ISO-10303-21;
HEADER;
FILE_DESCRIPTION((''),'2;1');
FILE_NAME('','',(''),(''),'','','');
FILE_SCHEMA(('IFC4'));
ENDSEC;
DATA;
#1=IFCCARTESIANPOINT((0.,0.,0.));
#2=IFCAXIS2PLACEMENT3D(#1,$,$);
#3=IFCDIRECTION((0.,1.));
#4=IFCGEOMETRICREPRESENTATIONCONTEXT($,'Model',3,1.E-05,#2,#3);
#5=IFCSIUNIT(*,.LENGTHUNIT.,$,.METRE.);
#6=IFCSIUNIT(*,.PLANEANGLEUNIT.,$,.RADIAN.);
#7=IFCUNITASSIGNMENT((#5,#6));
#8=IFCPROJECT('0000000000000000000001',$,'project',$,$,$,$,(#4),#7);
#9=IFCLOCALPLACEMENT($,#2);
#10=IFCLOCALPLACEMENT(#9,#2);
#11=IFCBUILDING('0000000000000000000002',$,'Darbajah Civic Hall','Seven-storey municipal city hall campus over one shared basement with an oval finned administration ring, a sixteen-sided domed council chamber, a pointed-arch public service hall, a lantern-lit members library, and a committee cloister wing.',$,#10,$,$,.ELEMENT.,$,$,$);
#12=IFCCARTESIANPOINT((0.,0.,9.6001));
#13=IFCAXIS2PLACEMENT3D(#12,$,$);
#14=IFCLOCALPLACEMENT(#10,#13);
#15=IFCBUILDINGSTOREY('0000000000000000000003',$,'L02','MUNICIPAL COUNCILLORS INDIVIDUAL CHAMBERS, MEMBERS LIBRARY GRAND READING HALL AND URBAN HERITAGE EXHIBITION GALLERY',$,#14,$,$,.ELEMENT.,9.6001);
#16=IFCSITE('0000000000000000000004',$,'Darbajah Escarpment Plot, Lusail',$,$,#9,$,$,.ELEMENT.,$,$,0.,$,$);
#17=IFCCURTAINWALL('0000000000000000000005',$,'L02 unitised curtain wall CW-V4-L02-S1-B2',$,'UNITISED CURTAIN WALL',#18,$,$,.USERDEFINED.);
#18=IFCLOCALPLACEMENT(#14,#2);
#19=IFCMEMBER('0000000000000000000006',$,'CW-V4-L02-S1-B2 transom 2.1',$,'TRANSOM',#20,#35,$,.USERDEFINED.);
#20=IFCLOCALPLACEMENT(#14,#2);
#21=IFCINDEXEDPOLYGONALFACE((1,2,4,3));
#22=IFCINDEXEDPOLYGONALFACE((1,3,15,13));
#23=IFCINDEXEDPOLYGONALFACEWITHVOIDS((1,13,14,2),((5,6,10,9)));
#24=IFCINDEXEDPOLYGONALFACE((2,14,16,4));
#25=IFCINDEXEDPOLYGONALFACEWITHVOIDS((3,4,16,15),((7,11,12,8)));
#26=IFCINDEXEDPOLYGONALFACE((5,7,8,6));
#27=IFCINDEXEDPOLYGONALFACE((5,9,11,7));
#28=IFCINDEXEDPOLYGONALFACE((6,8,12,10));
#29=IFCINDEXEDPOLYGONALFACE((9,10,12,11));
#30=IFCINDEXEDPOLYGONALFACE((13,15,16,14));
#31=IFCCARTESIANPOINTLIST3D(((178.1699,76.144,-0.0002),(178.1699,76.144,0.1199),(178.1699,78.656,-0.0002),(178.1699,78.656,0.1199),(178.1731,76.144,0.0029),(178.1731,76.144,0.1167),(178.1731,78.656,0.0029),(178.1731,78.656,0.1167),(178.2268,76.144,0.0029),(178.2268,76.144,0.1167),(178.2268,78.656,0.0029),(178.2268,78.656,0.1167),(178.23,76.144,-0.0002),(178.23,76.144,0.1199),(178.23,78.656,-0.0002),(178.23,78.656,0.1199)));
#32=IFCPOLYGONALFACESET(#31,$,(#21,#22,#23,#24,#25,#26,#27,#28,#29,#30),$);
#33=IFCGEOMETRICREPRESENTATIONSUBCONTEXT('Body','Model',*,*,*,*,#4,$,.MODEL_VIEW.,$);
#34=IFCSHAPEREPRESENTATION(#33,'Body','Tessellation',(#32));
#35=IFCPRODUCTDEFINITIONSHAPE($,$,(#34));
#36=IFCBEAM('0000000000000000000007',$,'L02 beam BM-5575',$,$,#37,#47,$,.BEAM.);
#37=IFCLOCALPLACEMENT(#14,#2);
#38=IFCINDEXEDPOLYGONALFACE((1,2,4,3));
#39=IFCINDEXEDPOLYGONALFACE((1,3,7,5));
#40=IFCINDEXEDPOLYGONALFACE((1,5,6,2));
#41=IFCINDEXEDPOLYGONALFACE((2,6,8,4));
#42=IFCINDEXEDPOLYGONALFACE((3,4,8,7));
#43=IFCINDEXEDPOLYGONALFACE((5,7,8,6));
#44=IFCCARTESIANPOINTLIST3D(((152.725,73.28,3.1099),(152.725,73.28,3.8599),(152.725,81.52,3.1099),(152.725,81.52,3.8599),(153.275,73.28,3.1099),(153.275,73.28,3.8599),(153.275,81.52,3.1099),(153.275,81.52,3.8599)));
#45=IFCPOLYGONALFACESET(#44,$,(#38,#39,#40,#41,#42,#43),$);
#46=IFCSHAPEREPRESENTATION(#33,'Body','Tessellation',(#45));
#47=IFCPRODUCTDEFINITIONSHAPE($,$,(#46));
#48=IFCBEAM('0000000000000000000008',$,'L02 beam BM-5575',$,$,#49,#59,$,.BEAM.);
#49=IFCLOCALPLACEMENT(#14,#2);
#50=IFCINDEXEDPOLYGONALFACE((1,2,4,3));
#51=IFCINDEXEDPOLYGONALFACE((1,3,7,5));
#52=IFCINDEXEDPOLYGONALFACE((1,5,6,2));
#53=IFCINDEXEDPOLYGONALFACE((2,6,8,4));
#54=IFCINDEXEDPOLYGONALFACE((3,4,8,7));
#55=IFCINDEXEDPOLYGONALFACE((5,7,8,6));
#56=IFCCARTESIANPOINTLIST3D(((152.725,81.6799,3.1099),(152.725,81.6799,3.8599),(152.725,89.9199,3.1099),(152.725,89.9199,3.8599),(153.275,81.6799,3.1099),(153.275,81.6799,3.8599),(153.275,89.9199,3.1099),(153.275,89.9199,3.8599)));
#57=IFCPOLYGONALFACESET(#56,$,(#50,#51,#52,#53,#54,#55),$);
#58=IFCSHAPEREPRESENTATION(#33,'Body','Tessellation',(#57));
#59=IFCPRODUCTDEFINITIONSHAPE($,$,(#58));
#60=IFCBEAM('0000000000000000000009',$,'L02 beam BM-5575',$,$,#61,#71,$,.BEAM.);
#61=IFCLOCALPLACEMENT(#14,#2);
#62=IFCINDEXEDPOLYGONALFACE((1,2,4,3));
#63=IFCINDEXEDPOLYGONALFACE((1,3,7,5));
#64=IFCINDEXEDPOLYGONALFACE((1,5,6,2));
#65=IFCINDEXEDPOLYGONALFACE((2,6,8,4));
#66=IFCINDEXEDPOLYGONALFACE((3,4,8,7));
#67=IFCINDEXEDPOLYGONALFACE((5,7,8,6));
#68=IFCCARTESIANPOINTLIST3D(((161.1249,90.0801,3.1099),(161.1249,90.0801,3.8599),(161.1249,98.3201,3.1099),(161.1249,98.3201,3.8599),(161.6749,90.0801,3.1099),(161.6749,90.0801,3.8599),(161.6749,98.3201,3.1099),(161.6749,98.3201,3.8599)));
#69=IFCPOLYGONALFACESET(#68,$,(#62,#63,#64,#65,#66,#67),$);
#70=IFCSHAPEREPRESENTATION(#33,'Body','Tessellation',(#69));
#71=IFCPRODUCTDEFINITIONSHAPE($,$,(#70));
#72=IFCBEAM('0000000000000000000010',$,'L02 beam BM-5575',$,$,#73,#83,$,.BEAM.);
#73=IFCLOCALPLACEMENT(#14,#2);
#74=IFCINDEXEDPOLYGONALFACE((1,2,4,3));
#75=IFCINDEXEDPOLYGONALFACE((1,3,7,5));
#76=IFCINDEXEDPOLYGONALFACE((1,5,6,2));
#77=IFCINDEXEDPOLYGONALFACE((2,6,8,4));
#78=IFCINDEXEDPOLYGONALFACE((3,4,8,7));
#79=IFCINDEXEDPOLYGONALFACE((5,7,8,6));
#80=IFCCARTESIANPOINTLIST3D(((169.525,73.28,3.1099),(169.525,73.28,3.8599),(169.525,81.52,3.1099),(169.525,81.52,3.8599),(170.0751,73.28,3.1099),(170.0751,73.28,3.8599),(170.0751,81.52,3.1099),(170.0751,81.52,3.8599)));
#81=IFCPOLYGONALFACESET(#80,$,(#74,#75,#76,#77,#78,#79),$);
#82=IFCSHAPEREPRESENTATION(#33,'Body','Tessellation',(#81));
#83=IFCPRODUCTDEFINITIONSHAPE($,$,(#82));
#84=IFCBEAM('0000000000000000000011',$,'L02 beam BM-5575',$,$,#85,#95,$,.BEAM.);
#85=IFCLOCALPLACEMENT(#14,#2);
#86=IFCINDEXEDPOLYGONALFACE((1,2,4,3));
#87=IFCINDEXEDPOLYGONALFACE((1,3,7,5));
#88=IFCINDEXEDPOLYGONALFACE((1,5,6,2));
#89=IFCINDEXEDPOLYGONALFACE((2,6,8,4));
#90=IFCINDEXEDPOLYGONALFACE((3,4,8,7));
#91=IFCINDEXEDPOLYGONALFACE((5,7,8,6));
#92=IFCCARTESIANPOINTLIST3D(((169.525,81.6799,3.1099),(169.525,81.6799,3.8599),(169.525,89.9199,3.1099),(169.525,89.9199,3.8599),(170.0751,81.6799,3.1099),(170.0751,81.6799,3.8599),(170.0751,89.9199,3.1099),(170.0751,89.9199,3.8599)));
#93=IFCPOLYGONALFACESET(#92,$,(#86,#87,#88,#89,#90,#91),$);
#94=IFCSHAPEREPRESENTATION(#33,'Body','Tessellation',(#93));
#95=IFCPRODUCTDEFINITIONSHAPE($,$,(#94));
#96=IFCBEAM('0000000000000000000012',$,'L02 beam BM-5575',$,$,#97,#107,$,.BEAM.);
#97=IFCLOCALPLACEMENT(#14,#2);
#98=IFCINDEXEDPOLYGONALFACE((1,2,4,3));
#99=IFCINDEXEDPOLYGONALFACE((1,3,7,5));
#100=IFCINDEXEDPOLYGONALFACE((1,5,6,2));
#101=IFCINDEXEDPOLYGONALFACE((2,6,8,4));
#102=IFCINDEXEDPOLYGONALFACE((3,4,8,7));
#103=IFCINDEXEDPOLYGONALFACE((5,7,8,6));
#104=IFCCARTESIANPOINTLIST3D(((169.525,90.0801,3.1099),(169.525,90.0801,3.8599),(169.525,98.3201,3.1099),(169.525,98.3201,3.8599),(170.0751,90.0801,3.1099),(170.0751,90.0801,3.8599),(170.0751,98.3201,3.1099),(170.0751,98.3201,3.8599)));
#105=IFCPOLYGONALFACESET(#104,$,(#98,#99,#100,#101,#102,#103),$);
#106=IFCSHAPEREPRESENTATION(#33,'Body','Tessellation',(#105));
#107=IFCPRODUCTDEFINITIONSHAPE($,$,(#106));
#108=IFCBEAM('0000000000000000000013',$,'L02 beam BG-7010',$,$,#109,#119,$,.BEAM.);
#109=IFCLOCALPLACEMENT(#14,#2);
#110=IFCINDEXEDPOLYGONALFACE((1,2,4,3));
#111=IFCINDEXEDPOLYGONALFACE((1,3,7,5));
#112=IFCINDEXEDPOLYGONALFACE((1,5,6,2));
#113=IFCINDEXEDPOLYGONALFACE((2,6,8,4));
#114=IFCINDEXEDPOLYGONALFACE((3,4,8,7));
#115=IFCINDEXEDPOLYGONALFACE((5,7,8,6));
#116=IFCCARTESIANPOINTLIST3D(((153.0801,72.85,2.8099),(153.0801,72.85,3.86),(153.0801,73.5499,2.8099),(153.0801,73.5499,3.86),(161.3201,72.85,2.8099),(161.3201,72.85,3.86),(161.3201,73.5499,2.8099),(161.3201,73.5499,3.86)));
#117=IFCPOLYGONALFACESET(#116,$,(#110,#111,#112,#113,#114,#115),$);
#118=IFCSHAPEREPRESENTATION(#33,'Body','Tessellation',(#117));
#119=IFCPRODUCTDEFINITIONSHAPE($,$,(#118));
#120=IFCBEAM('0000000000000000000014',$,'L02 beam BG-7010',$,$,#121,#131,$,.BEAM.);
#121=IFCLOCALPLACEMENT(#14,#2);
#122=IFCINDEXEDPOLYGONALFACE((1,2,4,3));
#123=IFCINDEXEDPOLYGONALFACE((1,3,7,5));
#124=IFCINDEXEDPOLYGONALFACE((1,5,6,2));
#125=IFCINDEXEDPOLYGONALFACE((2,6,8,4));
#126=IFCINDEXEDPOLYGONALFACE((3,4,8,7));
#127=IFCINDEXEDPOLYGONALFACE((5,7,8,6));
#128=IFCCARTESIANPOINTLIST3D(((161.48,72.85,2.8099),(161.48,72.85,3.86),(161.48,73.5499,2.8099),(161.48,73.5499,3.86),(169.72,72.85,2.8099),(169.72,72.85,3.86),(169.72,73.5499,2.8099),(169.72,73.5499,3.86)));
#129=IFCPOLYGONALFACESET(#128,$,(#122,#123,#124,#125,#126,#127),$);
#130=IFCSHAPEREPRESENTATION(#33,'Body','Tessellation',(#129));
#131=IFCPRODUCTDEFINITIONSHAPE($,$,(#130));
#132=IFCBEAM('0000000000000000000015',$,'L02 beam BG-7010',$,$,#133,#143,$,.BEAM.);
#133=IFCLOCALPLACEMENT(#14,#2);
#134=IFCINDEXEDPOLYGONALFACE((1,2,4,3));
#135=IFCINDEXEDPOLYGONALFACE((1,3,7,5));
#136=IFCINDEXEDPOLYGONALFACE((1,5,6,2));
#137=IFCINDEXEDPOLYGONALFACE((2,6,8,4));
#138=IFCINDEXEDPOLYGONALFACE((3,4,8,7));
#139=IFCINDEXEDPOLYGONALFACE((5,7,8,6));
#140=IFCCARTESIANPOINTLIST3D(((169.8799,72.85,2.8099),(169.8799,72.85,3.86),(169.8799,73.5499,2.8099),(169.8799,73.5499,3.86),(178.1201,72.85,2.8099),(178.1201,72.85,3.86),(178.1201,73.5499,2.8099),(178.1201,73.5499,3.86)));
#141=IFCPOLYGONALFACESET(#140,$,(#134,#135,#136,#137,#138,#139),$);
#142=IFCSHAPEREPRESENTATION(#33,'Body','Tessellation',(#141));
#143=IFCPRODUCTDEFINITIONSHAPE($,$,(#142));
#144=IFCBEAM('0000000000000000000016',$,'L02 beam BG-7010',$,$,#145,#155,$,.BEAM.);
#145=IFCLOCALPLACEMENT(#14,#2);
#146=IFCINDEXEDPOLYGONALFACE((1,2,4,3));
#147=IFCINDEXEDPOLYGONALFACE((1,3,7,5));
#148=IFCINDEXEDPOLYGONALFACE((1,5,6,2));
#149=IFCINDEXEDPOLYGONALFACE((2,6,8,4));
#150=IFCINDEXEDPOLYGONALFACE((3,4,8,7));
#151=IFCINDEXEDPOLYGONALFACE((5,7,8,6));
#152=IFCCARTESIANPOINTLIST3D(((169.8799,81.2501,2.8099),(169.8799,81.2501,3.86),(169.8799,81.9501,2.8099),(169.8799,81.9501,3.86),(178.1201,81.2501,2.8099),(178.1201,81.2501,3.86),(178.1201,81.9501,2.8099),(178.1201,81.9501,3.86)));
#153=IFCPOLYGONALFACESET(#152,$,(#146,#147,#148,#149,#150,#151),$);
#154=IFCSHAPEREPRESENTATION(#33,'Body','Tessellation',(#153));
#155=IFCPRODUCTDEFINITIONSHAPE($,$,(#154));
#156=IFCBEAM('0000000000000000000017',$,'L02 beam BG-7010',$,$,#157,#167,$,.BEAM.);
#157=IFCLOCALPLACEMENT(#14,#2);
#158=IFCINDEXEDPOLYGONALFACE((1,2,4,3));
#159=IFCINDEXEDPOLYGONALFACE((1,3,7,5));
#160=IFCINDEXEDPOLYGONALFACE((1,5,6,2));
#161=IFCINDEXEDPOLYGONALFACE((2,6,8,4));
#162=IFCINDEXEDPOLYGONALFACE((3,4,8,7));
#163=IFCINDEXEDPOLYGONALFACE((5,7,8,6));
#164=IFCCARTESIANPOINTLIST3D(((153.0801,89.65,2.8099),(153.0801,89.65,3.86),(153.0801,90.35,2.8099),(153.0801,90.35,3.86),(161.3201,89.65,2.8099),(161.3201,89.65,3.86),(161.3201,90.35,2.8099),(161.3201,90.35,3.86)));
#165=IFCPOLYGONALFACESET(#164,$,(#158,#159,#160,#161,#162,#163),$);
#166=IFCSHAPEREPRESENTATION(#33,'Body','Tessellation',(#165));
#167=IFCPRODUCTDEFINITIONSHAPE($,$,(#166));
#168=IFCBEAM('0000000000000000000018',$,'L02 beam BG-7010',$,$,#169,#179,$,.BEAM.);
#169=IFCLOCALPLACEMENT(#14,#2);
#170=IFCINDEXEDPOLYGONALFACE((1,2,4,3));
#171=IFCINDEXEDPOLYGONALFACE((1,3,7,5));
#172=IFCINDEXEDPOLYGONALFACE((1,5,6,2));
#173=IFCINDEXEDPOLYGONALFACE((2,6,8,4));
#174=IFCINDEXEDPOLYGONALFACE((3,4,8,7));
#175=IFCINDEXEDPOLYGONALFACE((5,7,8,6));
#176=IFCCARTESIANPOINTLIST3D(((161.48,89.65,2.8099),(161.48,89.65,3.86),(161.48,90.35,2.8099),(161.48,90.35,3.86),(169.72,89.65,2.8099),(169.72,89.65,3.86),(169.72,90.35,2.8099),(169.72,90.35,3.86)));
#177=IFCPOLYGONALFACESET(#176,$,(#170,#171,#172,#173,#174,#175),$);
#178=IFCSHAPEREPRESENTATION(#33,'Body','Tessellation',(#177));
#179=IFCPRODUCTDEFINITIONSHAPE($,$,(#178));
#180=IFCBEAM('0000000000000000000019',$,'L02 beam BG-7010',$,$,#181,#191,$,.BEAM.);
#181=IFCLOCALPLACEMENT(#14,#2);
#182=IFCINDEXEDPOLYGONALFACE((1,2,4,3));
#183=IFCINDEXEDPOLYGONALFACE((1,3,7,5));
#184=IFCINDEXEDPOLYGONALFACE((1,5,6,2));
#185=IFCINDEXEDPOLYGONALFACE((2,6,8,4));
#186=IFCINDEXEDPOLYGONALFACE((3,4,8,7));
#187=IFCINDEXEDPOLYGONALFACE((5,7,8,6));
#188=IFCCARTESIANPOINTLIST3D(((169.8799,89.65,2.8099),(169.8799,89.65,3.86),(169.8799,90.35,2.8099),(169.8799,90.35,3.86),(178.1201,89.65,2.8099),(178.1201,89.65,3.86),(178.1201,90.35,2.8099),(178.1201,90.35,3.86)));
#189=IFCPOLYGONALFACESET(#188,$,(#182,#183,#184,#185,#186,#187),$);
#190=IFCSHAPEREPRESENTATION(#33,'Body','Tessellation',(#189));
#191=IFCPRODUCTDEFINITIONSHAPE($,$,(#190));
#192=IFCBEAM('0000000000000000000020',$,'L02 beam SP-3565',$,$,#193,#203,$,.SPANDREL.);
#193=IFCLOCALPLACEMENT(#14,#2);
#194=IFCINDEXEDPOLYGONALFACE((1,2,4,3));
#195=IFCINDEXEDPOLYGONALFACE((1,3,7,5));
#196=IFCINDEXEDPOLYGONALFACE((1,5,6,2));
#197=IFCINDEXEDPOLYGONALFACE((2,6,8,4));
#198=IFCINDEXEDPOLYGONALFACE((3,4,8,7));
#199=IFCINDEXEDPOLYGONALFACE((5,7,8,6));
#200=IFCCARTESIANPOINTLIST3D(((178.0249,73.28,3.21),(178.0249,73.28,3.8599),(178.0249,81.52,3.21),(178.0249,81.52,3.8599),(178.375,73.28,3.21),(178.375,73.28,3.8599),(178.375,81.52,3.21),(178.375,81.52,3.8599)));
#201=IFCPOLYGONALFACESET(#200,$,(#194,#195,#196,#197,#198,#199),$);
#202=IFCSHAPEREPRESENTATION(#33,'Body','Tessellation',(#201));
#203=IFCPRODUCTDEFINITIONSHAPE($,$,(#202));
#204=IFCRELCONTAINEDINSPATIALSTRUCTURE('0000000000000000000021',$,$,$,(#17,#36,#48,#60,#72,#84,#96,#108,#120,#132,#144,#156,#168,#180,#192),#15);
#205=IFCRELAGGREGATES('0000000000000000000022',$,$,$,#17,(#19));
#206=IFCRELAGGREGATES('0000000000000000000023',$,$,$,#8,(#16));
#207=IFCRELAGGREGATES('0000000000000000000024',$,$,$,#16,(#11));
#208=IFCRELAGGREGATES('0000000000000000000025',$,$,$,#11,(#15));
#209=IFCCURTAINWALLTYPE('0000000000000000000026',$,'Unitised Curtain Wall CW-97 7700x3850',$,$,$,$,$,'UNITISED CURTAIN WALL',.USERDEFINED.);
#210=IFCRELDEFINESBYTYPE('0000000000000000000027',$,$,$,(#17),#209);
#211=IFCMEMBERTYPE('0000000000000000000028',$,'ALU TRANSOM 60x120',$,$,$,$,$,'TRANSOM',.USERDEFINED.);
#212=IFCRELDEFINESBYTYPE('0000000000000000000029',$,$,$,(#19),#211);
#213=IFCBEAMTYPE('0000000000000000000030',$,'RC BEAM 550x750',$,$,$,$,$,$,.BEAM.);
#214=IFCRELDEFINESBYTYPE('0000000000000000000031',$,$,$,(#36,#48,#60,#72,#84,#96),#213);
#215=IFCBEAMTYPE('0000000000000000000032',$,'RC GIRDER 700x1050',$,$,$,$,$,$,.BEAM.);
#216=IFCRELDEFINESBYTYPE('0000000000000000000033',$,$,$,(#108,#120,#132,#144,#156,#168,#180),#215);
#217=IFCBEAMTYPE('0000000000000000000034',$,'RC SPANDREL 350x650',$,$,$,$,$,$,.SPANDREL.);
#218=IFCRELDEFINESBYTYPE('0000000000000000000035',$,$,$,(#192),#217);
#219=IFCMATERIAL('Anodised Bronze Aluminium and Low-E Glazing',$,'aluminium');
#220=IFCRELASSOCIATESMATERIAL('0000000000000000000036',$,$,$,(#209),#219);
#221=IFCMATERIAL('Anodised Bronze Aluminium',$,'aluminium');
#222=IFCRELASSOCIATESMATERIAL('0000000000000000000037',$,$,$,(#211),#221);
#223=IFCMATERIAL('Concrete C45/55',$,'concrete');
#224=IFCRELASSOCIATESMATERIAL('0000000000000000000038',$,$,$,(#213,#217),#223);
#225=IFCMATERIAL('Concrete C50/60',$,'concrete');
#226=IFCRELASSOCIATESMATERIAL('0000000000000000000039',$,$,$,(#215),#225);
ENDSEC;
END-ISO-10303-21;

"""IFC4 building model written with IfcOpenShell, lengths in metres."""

from ifc_helpers import new_model, si_unit, direction, frame, origin, origin_2d, place, context, subcontext, project, spatial, rectangle, hollow_rectangle, extrude, material, material_profile, profile_set, type_object, element, aggregate, save


model = new_model("IFC4")

# Units and contexts
model_context = context("Model", 3, precision=1e-05, world=origin(), true_north=direction((0.0, 1.0)))
body_context = subcontext(model_context, "Body", "Model", "MODEL_VIEW")
ifc_project = project(units=[si_unit("LENGTHUNIT", "METRE"), si_unit("PLANEANGLEUNIT", "RADIAN")], contexts=[model_context])

# Site, building, storey
site_placement = place(None, origin())
site = spatial("IfcSite", under=ifc_project, at=site_placement, Name="Darbajah Escarpment Plot, Lusail", CompositionType="ELEMENT", RefElevation=0.0)
building_placement = place(site_placement, origin())
building = spatial("IfcBuilding", under=site, at=building_placement, Name="Darbajah Civic Hall", Description="Seven-storey municipal city hall campus over one shared basement with an oval finned administration ring, a sixteen-sided domed council chamber, a pointed-arch public service hall, a lantern-lit members library, and a committee cloister wing.", CompositionType="ELEMENT")
storey_placement = place(building_placement, frame((0.0, 0.0, 9.6001)))
storey = spatial("IfcBuildingStorey", under=building, at=storey_placement, Name="L02", Description="MUNICIPAL COUNCILLORS INDIVIDUAL CHAMBERS, MEMBERS LIBRARY GRAND READING HALL AND URBAN HERITAGE EXHIBITION GALLERY", CompositionType="ELEMENT", Elevation=9.6001)

# Shared definitions
ifc_material_1 = material(Name="Concrete C45/55", Category="concrete")

# Shared definitions
ifc_material_2 = material(Name="Anodised Bronze Aluminium and Low-E Glazing", Category="aluminium")
curtain_wall_type = type_object("IfcCurtainWallType", Name="Unitised Curtain Wall CW-97 7700x3850", ElementType="UNITISED CURTAIN WALL", PredefinedType="USERDEFINED", material=ifc_material_2)
ifc_material_3 = material(Name="Anodised Bronze Aluminium", Category="aluminium")

# Curtain wall, member
curtain_wall_1_placement = place(storey_placement, origin())
curtain_wall_1 = element("IfcCurtainWall", 1, at=curtain_wall_1_placement, inside=storey, type_object=curtain_wall_type, Name="L02 unitised curtain wall CW-V4-L02-S1-B2", ObjectType="UNITISED CURTAIN WALL", PredefinedType="USERDEFINED")
ifc_material_profile_1 = material_profile(ifc_material_3, hollow_rectangle(XDim=0.0601, YDim=0.1201, WallThickness=0.0032, at=origin_2d()), Name="ALU TRANSOM 60x120")
ifc_profile_set_1 = profile_set([ifc_material_profile_1], Name="Anodised Bronze Aluminium")
member_type_1 = type_object("IfcMemberType", Name="ALU TRANSOM 60x120", ElementType="TRANSOM", PredefinedType="USERDEFINED", material=ifc_profile_set_1)
member_1_placement = place(storey_placement, frame((178.2, 76.144, 0.0598), z_axis=(0.0, 1.0, 0.0), x_axis=(-1.0, 0.0, 0.0)))
member_1 = element("IfcMember", 2, at=member_1_placement, type_object=member_type_1, Name="CW-V4-L02-S1-B2 transom 2.1", ObjectType="TRANSOM", PredefinedType="USERDEFINED", context=body_context, shape_type="SweptSolid", body=[
    extrude(hollow_rectangle(XDim=0.0601, YDim=0.1201, WallThickness=0.0032, at=origin_2d()), origin(), (0.0, 0.0, 1.0), 2.512),
])

# Beams
ifc_material_profile_2 = material_profile(ifc_material_1, rectangle(XDim=0.55, YDim=0.75, at=origin_2d()), Name="RC BEAM 550x750")
ifc_profile_set_2 = profile_set([ifc_material_profile_2], Name="Concrete C45/55")
beam_type_1 = type_object("IfcBeamType", Name="RC BEAM 550x750", PredefinedType="BEAM", material=ifc_profile_set_2)
for number, where, z_axis, x_axis, name in (
    (3, (153.0, 73.28, 3.4849), (0.0, 1.0, 0.0), (-1.0, 0.0, 0.0), "L02 beam BM-5575"),
    (4, (153.0, 81.6799, 3.4849), (0.0, 1.0, 0.0), (-1.0, 0.0, 0.0), "L02 beam BM-5575"),
    (5, (161.3999, 90.0801, 3.4849), (0.0, 1.0, 0.0), (-1.0, 0.0, 0.0), "L02 beam BM-5575"),
    (6, (169.8, 73.28, 3.4849), (0.0, 1.0, 0.0), (-1.0, 0.0, 0.0), "L02 beam BM-5575"),
    (7, (169.8, 81.6799, 3.4849), (0.0, 1.0, 0.0), (-1.0, 0.0, 0.0), "L02 beam BM-5575"),
    (8, (169.8, 90.0801, 3.4849), (0.0, 1.0, 0.0), (-1.0, 0.0, 0.0), "L02 beam BM-5575"),
):
    element("IfcBeam", number, at=place(storey_placement, frame(where, z_axis=z_axis, x_axis=x_axis)), inside=storey, type_object=beam_type_1, Name=name, PredefinedType="BEAM", context=body_context, shape_type="SweptSolid", body=[
        extrude(rectangle(XDim=0.55, YDim=0.75, at=origin_2d()), origin(), (0.0, 0.0, 1.0), 8.24),
    ])
ifc_material_4 = material(Name="Concrete C50/60", Category="concrete")
ifc_material_profile_3 = material_profile(ifc_material_4, rectangle(XDim=0.7, YDim=1.05, at=origin_2d()), Name="RC GIRDER 700x1050")
ifc_profile_set_3 = profile_set([ifc_material_profile_3], Name="Concrete C50/60")
beam_type_2 = type_object("IfcBeamType", Name="RC GIRDER 700x1050", PredefinedType="BEAM", material=ifc_profile_set_3)
for number, where, z_axis, x_axis, name in (
    (9, (153.0801, 73.2, 3.335), (1.0, 0.0, 0.0), (0.0, 1.0, 0.0), "L02 beam BG-7010"),
    (10, (161.48, 73.2, 3.335), (1.0, 0.0, 0.0), (0.0, 1.0, 0.0), "L02 beam BG-7010"),
):
    element("IfcBeam", number, at=place(storey_placement, frame(where, z_axis=z_axis, x_axis=x_axis)), inside=storey, type_object=beam_type_2, Name=name, PredefinedType="BEAM", context=body_context, shape_type="SweptSolid", body=[
        extrude(rectangle(XDim=0.7, YDim=1.05, at=origin_2d()), origin(), (0.0, 0.0, 1.0), 8.24),
    ])
for number, where, z_axis, x_axis, name in (
    (11, (169.8799, 73.2, 3.335), (1.0, 0.0, 0.0), (0.0, 1.0, 0.0), "L02 beam BG-7010"),
    (12, (169.8799, 81.6001, 3.335), (1.0, 0.0, 0.0), (0.0, 1.0, 0.0), "L02 beam BG-7010"),
):
    element("IfcBeam", number, at=place(storey_placement, frame(where, z_axis=z_axis, x_axis=x_axis)), inside=storey, type_object=beam_type_2, Name=name, PredefinedType="BEAM", context=body_context, shape_type="SweptSolid", body=[
        extrude(rectangle(XDim=0.7, YDim=1.05, at=origin_2d()), origin(), (0.0, 0.0, 1.0), 8.2402),
    ])
for number, where, z_axis, x_axis, name in (
    (13, (153.0801, 90.0, 3.335), (1.0, 0.0, 0.0), (0.0, 1.0, 0.0), "L02 beam BG-7010"),
    (14, (161.48, 90.0, 3.335), (1.0, 0.0, 0.0), (0.0, 1.0, 0.0), "L02 beam BG-7010"),
):
    element("IfcBeam", number, at=place(storey_placement, frame(where, z_axis=z_axis, x_axis=x_axis)), inside=storey, type_object=beam_type_2, Name=name, PredefinedType="BEAM", context=body_context, shape_type="SweptSolid", body=[
        extrude(rectangle(XDim=0.7, YDim=1.05, at=origin_2d()), origin(), (0.0, 0.0, 1.0), 8.24),
    ])
beam_1_placement = place(storey_placement, frame((169.8799, 90.0, 3.335), z_axis=(1.0, 0.0, 0.0), x_axis=(0.0, 1.0, 0.0)))
element("IfcBeam", 15, at=beam_1_placement, inside=storey, type_object=beam_type_2, Name="L02 beam BG-7010", PredefinedType="BEAM", context=body_context, shape_type="SweptSolid", body=[
    extrude(rectangle(XDim=0.7, YDim=1.05, at=origin_2d()), origin(), (0.0, 0.0, 1.0), 8.2402),
])
ifc_material_profile_4 = material_profile(ifc_material_1, rectangle(XDim=0.3501, YDim=0.6499, at=origin_2d()), Name="RC SPANDREL 350x650")
ifc_profile_set_4 = profile_set([ifc_material_profile_4], Name="Concrete C45/55")
beam_type_3 = type_object("IfcBeamType", Name="RC SPANDREL 350x650", PredefinedType="SPANDREL", material=ifc_profile_set_4)
beam_2_placement = place(storey_placement, frame((178.2, 73.28, 3.5349), z_axis=(0.0, 1.0, 0.0), x_axis=(-1.0, 0.0, 0.0)))
element("IfcBeam", 16, at=beam_2_placement, inside=storey, type_object=beam_type_3, Name="L02 beam SP-3565", PredefinedType="SPANDREL", context=body_context, shape_type="SweptSolid", body=[
    extrude(rectangle(XDim=0.3501, YDim=0.6499, at=origin_2d()), origin(), (0.0, 0.0, 1.0), 8.24),
])

aggregate(curtain_wall_1, [member_1])

save(model, "model.ifc")
